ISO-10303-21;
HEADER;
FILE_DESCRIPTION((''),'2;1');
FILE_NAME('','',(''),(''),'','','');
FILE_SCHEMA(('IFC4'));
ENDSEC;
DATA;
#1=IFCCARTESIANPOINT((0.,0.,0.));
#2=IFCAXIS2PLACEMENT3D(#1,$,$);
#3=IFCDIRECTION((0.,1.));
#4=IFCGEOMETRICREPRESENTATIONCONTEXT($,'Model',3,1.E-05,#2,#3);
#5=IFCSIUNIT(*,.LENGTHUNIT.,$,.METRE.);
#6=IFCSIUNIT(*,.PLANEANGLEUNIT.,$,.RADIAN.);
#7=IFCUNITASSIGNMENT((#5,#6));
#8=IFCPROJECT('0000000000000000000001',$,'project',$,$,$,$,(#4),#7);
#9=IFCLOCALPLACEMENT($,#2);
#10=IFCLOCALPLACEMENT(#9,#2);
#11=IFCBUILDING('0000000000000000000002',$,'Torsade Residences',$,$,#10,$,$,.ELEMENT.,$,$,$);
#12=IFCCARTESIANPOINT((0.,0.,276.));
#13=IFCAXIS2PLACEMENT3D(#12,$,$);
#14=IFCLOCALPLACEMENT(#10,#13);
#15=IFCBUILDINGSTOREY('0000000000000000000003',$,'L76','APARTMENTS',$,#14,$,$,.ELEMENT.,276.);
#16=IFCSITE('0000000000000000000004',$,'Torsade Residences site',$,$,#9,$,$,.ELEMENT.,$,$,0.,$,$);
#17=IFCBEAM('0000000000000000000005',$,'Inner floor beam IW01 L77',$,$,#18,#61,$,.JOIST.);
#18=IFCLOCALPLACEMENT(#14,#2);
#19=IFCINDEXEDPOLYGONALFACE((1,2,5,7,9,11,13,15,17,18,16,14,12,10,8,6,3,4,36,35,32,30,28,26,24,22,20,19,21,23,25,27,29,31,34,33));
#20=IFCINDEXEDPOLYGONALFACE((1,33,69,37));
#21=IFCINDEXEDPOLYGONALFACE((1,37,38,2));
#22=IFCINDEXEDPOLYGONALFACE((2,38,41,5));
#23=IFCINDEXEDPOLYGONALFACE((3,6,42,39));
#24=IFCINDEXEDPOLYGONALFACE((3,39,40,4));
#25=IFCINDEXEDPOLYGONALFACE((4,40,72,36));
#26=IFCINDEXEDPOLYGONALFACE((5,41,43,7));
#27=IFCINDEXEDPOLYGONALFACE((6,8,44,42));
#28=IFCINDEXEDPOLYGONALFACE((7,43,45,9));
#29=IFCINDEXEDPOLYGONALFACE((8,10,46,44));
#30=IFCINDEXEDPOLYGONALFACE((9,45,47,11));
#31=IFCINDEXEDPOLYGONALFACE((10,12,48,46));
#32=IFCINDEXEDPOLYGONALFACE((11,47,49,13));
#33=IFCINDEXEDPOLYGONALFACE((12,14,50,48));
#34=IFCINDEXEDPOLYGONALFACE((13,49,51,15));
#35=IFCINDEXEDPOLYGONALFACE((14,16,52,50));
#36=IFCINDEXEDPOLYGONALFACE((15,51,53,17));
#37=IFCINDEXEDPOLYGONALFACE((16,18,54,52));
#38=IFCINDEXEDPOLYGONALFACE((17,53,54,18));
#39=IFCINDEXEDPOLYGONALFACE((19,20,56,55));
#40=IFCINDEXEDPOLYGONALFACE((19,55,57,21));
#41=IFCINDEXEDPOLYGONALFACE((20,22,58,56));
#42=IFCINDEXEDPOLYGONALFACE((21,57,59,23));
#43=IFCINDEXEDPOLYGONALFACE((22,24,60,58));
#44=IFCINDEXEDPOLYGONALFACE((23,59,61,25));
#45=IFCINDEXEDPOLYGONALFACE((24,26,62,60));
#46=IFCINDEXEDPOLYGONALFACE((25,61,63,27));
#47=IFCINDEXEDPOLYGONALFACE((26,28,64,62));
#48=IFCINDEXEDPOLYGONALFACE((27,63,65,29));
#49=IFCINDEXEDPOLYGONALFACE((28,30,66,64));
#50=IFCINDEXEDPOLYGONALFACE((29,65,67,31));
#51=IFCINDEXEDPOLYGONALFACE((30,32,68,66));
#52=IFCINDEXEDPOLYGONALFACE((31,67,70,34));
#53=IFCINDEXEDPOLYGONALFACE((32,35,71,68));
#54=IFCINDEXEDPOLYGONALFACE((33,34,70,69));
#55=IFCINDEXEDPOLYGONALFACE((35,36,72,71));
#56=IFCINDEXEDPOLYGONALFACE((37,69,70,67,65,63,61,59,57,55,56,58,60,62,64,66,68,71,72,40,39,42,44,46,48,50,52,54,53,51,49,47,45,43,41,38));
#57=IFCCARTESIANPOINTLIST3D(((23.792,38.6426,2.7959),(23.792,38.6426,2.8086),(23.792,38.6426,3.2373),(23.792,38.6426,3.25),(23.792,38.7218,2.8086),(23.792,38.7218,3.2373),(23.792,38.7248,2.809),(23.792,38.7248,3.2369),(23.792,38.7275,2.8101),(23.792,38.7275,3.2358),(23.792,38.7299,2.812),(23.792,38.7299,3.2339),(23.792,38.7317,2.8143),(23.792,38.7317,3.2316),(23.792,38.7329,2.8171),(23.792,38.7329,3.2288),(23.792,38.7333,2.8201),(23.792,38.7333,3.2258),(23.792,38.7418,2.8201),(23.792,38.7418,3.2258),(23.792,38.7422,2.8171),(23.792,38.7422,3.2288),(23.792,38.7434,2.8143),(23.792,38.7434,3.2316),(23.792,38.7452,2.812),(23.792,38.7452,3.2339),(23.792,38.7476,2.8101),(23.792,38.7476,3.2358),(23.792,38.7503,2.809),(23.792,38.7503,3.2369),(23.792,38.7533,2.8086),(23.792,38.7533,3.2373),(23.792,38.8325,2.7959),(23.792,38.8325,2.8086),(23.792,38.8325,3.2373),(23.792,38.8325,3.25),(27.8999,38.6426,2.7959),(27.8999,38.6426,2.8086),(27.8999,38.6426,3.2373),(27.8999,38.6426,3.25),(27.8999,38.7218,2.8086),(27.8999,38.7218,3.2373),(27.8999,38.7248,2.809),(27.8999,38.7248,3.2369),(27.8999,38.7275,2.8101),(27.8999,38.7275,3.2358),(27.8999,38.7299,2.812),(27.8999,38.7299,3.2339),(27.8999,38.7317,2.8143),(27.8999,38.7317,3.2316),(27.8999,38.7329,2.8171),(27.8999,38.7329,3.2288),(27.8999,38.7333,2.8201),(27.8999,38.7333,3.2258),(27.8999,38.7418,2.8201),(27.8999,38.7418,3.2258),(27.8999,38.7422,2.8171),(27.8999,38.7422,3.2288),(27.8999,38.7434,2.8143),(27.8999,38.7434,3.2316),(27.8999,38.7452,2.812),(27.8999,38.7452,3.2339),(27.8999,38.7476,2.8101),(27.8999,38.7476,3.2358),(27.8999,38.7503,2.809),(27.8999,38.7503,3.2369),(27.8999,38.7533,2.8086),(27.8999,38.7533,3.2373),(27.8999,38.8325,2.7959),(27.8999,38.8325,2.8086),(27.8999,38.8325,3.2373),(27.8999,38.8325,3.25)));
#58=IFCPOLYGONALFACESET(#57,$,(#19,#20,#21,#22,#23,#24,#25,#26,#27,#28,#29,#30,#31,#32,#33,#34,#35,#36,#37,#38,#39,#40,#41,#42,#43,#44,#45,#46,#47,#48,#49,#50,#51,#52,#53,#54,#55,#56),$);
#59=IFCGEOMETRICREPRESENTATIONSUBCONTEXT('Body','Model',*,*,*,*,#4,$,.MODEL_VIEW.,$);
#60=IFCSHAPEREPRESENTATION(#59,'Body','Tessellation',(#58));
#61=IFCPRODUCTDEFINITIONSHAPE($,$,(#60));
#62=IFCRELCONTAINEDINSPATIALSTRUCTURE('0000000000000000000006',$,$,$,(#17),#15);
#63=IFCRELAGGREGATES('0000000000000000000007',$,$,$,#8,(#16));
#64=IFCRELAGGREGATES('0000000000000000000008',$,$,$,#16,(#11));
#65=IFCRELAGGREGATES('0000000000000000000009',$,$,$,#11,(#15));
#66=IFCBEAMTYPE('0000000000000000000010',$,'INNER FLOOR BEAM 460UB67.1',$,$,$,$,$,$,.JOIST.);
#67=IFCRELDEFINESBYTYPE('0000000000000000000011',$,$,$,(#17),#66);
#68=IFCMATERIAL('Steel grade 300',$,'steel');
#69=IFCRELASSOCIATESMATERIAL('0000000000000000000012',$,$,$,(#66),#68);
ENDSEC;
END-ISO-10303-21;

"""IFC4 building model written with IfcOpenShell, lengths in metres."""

from ifc_helpers import new_model, si_unit, direction, frame, origin, origin_2d, place, context, subcontext, project, spatial, i_section, extrude, material, material_profile, profile_set, type_object, element, save


model = new_model("IFC4")

# Units and contexts
model_context = context("Model", 3, precision=1e-05, world=origin(), true_north=direction((0.0, 1.0)))
body_context = subcontext(model_context, "Body", "Model", "MODEL_VIEW")
ifc_project = project(units=[si_unit("LENGTHUNIT", "METRE"), si_unit("PLANEANGLEUNIT", "RADIAN")], contexts=[model_context])

# Site, building, storey
site_placement = place(None, origin())
site = spatial("IfcSite", under=ifc_project, at=site_placement, Name="Torsade Residences site", CompositionType="ELEMENT", RefElevation=0.0)
building_placement = place(site_placement, origin())
building = spatial("IfcBuilding", under=site, at=building_placement, Name="Torsade Residences", CompositionType="ELEMENT")
storey_placement = place(building_placement, frame((0.0, 0.0, 276.0)))
storey = spatial("IfcBuildingStorey", under=building, at=storey_placement, Name="L76", Description="APARTMENTS", CompositionType="ELEMENT", Elevation=276.0)

# Beam
ifc_material_1 = material(Name="Steel grade 300", Category="steel")
ifc_material_profile = material_profile(ifc_material_1, i_section(OverallWidth=0.1899, OverallDepth=0.4541, WebThickness=0.0085, FlangeThickness=0.0127, FilletRadius=0.0115, at=origin_2d()), Name="460UB67.1")
ifc_profile_set = profile_set([ifc_material_profile], Name="Steel grade 300")
beam_type = type_object("IfcBeamType", Name="INNER FLOOR BEAM 460UB67.1", PredefinedType="JOIST", material=ifc_profile_set)
beam_placement = place(storey_placement, frame((27.8999, 38.7375, 3.0229), z_axis=(-1.0, 0.0, 0.0), x_axis=(0.0, -1.0, 0.0)))
element("IfcBeam", 1, at=beam_placement, inside=storey, type_object=beam_type, Name="Inner floor beam IW01 L77", PredefinedType="JOIST", context=body_context, shape_type="SweptSolid", body=[
    extrude(i_section(OverallWidth=0.1899, OverallDepth=0.4541, WebThickness=0.0085, FlangeThickness=0.0127, FilletRadius=0.0115, at=origin_2d()), origin(), (0.0, 0.0, 1.0), 4.1079),
])

save(model, "model.ifc")
